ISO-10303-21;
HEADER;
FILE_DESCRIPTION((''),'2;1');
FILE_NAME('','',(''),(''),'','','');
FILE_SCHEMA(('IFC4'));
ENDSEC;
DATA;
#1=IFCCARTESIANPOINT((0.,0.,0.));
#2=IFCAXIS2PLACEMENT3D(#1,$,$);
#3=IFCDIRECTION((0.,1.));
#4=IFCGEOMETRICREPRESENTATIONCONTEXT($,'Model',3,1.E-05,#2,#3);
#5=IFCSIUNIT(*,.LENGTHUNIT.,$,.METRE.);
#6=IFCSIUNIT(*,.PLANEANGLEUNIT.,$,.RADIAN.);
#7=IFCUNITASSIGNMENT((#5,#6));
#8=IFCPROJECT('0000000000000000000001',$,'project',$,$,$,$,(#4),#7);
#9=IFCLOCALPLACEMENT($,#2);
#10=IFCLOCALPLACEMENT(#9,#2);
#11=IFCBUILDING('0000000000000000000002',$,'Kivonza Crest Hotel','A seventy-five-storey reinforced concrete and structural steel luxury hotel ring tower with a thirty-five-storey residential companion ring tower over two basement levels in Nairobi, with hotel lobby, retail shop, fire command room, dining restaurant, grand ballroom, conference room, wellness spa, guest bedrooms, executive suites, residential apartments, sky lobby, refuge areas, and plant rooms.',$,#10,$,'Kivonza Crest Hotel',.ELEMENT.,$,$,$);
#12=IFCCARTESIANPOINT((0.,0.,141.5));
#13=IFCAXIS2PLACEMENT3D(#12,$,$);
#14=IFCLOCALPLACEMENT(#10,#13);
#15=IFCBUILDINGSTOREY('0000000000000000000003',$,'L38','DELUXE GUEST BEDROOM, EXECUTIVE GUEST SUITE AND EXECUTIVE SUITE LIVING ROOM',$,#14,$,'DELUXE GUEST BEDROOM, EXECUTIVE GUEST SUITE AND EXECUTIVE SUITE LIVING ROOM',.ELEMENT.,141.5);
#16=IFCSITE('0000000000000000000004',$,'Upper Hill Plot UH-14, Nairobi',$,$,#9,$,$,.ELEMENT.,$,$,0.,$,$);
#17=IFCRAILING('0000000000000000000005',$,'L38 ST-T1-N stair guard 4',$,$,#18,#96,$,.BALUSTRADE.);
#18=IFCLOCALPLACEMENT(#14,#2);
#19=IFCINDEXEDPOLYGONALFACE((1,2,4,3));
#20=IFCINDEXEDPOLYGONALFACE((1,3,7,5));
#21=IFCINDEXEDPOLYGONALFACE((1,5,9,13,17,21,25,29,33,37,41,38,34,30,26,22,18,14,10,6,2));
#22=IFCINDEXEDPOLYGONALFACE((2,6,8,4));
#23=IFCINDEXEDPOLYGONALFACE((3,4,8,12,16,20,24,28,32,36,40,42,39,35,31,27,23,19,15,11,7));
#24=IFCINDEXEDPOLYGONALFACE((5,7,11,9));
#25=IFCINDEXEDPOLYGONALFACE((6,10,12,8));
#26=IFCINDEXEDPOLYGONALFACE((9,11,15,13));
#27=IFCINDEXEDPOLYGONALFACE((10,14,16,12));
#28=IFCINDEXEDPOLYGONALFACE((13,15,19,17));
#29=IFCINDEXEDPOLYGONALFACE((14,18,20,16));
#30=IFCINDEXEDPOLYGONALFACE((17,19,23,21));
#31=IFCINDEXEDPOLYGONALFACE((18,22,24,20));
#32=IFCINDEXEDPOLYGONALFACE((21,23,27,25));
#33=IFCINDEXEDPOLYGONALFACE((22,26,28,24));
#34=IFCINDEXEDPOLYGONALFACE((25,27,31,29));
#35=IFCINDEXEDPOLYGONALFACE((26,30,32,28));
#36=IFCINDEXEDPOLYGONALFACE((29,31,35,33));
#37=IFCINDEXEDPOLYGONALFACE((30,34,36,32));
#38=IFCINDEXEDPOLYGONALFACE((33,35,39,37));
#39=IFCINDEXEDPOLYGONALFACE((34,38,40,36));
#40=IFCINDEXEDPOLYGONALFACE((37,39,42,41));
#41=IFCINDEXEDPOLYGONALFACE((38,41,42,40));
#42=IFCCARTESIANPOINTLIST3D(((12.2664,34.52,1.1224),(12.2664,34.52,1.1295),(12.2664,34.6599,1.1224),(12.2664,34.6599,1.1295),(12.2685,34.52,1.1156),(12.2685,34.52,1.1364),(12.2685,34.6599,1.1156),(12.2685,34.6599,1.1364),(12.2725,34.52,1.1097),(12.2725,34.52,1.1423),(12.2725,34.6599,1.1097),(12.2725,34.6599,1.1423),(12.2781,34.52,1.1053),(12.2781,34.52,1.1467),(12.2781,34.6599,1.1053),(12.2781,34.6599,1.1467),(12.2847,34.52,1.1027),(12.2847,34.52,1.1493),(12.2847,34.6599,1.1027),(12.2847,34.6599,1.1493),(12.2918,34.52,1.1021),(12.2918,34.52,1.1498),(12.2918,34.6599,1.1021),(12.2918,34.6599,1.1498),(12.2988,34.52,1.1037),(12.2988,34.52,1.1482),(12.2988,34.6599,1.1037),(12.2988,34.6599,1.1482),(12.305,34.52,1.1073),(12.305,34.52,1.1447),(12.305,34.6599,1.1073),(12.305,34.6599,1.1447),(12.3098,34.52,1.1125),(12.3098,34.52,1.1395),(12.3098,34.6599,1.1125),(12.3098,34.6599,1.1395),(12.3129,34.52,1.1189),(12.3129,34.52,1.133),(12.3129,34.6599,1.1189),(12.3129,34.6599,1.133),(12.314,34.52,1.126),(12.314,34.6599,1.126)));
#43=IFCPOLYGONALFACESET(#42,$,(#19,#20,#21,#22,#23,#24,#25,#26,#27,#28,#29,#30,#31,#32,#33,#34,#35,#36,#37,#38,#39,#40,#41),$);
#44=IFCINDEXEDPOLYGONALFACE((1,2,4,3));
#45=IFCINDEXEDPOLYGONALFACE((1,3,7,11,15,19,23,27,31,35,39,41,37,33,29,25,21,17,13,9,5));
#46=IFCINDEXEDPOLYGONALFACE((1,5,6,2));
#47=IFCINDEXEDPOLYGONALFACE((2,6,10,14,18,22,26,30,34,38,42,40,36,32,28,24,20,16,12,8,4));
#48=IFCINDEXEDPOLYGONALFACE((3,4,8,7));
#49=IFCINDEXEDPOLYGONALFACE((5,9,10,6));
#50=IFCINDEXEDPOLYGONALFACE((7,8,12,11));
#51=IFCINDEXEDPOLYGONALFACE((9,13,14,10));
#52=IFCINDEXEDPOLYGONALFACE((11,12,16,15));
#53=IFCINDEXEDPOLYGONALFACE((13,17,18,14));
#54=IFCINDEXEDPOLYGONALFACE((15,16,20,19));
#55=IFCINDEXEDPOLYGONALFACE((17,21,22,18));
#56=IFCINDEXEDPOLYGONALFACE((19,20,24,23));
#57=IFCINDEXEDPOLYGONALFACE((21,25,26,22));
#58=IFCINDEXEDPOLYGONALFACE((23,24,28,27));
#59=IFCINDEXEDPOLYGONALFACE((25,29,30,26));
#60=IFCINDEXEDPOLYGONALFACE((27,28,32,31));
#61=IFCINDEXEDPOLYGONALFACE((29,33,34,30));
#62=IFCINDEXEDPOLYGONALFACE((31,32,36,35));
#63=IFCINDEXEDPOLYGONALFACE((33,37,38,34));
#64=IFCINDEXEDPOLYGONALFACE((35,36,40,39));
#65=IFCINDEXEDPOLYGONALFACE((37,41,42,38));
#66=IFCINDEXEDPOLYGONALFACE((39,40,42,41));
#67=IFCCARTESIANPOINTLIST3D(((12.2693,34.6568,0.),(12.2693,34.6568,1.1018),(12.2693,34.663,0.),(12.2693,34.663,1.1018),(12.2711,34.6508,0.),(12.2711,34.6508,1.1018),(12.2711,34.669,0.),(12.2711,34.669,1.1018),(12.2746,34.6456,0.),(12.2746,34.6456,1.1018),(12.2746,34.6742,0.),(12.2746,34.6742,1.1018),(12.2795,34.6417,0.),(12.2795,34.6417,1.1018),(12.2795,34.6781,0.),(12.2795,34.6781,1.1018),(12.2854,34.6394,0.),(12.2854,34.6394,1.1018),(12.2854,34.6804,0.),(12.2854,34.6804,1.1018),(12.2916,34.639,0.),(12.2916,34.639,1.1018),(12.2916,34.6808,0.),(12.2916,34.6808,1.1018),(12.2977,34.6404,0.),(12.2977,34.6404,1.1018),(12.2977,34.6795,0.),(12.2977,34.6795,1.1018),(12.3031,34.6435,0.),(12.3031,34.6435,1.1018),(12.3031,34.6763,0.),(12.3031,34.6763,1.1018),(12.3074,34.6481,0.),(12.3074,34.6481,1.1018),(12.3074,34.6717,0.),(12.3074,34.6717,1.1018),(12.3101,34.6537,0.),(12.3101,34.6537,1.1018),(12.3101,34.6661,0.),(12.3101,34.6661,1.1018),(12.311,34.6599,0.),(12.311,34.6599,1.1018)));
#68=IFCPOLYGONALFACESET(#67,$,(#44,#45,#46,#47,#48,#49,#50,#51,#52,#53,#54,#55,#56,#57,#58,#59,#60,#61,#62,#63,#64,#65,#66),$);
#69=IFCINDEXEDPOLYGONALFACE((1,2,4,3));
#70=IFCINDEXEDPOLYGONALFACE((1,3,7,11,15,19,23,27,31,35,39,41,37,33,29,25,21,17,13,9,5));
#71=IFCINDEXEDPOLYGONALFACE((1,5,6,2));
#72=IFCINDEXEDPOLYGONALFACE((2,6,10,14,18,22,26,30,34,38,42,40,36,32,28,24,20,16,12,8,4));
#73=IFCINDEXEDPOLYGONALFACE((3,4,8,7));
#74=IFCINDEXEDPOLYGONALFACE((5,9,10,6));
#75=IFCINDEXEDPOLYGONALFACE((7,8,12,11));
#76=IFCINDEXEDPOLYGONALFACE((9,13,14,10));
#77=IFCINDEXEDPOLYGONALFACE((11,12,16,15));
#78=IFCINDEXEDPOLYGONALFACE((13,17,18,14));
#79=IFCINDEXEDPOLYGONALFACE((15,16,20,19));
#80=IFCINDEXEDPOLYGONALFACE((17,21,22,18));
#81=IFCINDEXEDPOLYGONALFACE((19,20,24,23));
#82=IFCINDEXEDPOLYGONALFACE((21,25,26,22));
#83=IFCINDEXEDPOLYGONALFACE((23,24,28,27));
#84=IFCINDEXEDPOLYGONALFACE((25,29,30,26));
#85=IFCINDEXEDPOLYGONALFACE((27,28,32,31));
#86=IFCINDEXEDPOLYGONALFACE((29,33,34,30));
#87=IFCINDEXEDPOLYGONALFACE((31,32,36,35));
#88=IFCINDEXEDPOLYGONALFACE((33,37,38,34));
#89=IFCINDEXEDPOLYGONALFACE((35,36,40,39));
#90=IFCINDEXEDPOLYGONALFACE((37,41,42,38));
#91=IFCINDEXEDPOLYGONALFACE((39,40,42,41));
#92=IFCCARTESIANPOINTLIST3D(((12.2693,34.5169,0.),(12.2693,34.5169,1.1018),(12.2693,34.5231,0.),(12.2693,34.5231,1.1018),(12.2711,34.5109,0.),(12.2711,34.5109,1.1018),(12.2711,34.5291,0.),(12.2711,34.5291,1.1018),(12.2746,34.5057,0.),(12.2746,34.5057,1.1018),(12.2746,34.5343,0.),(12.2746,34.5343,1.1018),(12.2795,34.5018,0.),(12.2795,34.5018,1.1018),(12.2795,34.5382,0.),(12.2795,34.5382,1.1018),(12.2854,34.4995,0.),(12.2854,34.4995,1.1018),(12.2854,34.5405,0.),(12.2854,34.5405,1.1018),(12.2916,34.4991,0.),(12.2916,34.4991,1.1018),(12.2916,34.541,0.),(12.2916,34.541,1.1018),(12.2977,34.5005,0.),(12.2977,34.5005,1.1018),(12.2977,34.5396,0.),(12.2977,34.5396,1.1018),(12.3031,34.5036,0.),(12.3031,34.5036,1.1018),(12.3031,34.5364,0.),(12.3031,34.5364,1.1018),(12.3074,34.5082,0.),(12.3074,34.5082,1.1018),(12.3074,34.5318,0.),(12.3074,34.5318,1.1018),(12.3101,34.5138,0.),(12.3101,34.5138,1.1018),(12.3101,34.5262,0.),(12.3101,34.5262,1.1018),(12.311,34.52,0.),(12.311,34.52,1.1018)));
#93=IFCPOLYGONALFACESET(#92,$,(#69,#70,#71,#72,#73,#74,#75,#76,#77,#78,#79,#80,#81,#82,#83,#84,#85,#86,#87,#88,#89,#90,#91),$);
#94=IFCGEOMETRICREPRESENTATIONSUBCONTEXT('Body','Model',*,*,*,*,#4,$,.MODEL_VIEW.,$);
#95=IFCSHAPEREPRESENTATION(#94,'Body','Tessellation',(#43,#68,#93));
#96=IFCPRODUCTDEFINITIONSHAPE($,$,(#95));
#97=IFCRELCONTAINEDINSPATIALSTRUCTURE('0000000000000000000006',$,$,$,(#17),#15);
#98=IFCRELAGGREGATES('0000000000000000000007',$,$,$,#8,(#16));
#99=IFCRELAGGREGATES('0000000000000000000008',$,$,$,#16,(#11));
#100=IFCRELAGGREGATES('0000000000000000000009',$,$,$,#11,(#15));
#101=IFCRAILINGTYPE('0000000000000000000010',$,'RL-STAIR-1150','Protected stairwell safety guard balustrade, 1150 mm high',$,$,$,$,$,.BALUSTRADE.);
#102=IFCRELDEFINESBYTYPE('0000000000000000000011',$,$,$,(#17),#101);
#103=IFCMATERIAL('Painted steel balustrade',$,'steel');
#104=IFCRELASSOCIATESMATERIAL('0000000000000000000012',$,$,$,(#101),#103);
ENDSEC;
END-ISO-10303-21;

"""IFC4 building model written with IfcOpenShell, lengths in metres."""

from ifc_helpers import new_model, si_unit, direction, frame, origin, origin_2d, place, context, subcontext, project, spatial, circle, extrude, material, type_object, element, save


model = new_model("IFC4")

# Units and contexts
model_context = context("Model", 3, precision=1e-05, world=origin(), true_north=direction((0.0, 1.0)))
body_context = subcontext(model_context, "Body", "Model", "MODEL_VIEW")
ifc_project = project(units=[si_unit("LENGTHUNIT", "METRE"), si_unit("PLANEANGLEUNIT", "RADIAN")], contexts=[model_context])

# Site, building, storey
site_placement = place(None, origin())
site = spatial("IfcSite", under=ifc_project, at=site_placement, Name="Upper Hill Plot UH-14, Nairobi", CompositionType="ELEMENT", RefElevation=0.0)
building_placement = place(site_placement, origin())
building = spatial("IfcBuilding", under=site, at=building_placement, Name="Kivonza Crest Hotel", Description="A seventy-five-storey reinforced concrete and structural steel luxury hotel ring tower with a thirty-five-storey residential companion ring tower over two basement levels in Nairobi, with hotel lobby, retail shop, fire command room, dining restaurant, grand ballroom, conference room, wellness spa, guest bedrooms, executive suites, residential apartments, sky lobby, refuge areas, and plant rooms.", LongName="Kivonza Crest Hotel", CompositionType="ELEMENT")
storey_placement = place(building_placement, frame((0.0, 0.0, 141.5)))
storey = spatial("IfcBuildingStorey", under=building, at=storey_placement, Name="L38", Description="DELUXE GUEST BEDROOM, EXECUTIVE GUEST SUITE AND EXECUTIVE SUITE LIVING ROOM", LongName="DELUXE GUEST BEDROOM, EXECUTIVE GUEST SUITE AND EXECUTIVE SUITE LIVING ROOM", CompositionType="ELEMENT", Elevation=141.5)

# Railing
ifc_material_1 = material(Name="Painted steel balustrade", Category="steel")
railing_type_1 = type_object("IfcRailingType", Name="RL-STAIR-1150", Description="Protected stairwell safety guard balustrade, 1150 mm high", PredefinedType="BALUSTRADE", material=ifc_material_1)
railing_1_placement = place(storey_placement, frame((12.29, 34.6599, 0.0)))
element("IfcRailing", 1, at=railing_1_placement, inside=storey, type_object=railing_type_1, Name="L38 ST-T1-N stair guard 4", PredefinedType="BALUSTRADE", context=body_context, shape_type="SweptSolid", body=[
    extrude(circle(Radius=0.0239, at=origin_2d()), frame((0.0, 0.0, 1.126), z_axis=(0.0, -1.0, 0.0), x_axis=(1.0, 0.0, 0.0)), (0.0, 0.0, 1.0), 0.1399),
    extrude(circle(Radius=0.021, at=origin_2d()), origin(), (0.0, 0.0, 1.0), 1.1018),
    extrude(circle(Radius=0.021, at=origin_2d()), frame((0.0, -0.1399, 0.0)), (0.0, 0.0, 1.0), 1.1018),
])

save(model, "model.ifc")
